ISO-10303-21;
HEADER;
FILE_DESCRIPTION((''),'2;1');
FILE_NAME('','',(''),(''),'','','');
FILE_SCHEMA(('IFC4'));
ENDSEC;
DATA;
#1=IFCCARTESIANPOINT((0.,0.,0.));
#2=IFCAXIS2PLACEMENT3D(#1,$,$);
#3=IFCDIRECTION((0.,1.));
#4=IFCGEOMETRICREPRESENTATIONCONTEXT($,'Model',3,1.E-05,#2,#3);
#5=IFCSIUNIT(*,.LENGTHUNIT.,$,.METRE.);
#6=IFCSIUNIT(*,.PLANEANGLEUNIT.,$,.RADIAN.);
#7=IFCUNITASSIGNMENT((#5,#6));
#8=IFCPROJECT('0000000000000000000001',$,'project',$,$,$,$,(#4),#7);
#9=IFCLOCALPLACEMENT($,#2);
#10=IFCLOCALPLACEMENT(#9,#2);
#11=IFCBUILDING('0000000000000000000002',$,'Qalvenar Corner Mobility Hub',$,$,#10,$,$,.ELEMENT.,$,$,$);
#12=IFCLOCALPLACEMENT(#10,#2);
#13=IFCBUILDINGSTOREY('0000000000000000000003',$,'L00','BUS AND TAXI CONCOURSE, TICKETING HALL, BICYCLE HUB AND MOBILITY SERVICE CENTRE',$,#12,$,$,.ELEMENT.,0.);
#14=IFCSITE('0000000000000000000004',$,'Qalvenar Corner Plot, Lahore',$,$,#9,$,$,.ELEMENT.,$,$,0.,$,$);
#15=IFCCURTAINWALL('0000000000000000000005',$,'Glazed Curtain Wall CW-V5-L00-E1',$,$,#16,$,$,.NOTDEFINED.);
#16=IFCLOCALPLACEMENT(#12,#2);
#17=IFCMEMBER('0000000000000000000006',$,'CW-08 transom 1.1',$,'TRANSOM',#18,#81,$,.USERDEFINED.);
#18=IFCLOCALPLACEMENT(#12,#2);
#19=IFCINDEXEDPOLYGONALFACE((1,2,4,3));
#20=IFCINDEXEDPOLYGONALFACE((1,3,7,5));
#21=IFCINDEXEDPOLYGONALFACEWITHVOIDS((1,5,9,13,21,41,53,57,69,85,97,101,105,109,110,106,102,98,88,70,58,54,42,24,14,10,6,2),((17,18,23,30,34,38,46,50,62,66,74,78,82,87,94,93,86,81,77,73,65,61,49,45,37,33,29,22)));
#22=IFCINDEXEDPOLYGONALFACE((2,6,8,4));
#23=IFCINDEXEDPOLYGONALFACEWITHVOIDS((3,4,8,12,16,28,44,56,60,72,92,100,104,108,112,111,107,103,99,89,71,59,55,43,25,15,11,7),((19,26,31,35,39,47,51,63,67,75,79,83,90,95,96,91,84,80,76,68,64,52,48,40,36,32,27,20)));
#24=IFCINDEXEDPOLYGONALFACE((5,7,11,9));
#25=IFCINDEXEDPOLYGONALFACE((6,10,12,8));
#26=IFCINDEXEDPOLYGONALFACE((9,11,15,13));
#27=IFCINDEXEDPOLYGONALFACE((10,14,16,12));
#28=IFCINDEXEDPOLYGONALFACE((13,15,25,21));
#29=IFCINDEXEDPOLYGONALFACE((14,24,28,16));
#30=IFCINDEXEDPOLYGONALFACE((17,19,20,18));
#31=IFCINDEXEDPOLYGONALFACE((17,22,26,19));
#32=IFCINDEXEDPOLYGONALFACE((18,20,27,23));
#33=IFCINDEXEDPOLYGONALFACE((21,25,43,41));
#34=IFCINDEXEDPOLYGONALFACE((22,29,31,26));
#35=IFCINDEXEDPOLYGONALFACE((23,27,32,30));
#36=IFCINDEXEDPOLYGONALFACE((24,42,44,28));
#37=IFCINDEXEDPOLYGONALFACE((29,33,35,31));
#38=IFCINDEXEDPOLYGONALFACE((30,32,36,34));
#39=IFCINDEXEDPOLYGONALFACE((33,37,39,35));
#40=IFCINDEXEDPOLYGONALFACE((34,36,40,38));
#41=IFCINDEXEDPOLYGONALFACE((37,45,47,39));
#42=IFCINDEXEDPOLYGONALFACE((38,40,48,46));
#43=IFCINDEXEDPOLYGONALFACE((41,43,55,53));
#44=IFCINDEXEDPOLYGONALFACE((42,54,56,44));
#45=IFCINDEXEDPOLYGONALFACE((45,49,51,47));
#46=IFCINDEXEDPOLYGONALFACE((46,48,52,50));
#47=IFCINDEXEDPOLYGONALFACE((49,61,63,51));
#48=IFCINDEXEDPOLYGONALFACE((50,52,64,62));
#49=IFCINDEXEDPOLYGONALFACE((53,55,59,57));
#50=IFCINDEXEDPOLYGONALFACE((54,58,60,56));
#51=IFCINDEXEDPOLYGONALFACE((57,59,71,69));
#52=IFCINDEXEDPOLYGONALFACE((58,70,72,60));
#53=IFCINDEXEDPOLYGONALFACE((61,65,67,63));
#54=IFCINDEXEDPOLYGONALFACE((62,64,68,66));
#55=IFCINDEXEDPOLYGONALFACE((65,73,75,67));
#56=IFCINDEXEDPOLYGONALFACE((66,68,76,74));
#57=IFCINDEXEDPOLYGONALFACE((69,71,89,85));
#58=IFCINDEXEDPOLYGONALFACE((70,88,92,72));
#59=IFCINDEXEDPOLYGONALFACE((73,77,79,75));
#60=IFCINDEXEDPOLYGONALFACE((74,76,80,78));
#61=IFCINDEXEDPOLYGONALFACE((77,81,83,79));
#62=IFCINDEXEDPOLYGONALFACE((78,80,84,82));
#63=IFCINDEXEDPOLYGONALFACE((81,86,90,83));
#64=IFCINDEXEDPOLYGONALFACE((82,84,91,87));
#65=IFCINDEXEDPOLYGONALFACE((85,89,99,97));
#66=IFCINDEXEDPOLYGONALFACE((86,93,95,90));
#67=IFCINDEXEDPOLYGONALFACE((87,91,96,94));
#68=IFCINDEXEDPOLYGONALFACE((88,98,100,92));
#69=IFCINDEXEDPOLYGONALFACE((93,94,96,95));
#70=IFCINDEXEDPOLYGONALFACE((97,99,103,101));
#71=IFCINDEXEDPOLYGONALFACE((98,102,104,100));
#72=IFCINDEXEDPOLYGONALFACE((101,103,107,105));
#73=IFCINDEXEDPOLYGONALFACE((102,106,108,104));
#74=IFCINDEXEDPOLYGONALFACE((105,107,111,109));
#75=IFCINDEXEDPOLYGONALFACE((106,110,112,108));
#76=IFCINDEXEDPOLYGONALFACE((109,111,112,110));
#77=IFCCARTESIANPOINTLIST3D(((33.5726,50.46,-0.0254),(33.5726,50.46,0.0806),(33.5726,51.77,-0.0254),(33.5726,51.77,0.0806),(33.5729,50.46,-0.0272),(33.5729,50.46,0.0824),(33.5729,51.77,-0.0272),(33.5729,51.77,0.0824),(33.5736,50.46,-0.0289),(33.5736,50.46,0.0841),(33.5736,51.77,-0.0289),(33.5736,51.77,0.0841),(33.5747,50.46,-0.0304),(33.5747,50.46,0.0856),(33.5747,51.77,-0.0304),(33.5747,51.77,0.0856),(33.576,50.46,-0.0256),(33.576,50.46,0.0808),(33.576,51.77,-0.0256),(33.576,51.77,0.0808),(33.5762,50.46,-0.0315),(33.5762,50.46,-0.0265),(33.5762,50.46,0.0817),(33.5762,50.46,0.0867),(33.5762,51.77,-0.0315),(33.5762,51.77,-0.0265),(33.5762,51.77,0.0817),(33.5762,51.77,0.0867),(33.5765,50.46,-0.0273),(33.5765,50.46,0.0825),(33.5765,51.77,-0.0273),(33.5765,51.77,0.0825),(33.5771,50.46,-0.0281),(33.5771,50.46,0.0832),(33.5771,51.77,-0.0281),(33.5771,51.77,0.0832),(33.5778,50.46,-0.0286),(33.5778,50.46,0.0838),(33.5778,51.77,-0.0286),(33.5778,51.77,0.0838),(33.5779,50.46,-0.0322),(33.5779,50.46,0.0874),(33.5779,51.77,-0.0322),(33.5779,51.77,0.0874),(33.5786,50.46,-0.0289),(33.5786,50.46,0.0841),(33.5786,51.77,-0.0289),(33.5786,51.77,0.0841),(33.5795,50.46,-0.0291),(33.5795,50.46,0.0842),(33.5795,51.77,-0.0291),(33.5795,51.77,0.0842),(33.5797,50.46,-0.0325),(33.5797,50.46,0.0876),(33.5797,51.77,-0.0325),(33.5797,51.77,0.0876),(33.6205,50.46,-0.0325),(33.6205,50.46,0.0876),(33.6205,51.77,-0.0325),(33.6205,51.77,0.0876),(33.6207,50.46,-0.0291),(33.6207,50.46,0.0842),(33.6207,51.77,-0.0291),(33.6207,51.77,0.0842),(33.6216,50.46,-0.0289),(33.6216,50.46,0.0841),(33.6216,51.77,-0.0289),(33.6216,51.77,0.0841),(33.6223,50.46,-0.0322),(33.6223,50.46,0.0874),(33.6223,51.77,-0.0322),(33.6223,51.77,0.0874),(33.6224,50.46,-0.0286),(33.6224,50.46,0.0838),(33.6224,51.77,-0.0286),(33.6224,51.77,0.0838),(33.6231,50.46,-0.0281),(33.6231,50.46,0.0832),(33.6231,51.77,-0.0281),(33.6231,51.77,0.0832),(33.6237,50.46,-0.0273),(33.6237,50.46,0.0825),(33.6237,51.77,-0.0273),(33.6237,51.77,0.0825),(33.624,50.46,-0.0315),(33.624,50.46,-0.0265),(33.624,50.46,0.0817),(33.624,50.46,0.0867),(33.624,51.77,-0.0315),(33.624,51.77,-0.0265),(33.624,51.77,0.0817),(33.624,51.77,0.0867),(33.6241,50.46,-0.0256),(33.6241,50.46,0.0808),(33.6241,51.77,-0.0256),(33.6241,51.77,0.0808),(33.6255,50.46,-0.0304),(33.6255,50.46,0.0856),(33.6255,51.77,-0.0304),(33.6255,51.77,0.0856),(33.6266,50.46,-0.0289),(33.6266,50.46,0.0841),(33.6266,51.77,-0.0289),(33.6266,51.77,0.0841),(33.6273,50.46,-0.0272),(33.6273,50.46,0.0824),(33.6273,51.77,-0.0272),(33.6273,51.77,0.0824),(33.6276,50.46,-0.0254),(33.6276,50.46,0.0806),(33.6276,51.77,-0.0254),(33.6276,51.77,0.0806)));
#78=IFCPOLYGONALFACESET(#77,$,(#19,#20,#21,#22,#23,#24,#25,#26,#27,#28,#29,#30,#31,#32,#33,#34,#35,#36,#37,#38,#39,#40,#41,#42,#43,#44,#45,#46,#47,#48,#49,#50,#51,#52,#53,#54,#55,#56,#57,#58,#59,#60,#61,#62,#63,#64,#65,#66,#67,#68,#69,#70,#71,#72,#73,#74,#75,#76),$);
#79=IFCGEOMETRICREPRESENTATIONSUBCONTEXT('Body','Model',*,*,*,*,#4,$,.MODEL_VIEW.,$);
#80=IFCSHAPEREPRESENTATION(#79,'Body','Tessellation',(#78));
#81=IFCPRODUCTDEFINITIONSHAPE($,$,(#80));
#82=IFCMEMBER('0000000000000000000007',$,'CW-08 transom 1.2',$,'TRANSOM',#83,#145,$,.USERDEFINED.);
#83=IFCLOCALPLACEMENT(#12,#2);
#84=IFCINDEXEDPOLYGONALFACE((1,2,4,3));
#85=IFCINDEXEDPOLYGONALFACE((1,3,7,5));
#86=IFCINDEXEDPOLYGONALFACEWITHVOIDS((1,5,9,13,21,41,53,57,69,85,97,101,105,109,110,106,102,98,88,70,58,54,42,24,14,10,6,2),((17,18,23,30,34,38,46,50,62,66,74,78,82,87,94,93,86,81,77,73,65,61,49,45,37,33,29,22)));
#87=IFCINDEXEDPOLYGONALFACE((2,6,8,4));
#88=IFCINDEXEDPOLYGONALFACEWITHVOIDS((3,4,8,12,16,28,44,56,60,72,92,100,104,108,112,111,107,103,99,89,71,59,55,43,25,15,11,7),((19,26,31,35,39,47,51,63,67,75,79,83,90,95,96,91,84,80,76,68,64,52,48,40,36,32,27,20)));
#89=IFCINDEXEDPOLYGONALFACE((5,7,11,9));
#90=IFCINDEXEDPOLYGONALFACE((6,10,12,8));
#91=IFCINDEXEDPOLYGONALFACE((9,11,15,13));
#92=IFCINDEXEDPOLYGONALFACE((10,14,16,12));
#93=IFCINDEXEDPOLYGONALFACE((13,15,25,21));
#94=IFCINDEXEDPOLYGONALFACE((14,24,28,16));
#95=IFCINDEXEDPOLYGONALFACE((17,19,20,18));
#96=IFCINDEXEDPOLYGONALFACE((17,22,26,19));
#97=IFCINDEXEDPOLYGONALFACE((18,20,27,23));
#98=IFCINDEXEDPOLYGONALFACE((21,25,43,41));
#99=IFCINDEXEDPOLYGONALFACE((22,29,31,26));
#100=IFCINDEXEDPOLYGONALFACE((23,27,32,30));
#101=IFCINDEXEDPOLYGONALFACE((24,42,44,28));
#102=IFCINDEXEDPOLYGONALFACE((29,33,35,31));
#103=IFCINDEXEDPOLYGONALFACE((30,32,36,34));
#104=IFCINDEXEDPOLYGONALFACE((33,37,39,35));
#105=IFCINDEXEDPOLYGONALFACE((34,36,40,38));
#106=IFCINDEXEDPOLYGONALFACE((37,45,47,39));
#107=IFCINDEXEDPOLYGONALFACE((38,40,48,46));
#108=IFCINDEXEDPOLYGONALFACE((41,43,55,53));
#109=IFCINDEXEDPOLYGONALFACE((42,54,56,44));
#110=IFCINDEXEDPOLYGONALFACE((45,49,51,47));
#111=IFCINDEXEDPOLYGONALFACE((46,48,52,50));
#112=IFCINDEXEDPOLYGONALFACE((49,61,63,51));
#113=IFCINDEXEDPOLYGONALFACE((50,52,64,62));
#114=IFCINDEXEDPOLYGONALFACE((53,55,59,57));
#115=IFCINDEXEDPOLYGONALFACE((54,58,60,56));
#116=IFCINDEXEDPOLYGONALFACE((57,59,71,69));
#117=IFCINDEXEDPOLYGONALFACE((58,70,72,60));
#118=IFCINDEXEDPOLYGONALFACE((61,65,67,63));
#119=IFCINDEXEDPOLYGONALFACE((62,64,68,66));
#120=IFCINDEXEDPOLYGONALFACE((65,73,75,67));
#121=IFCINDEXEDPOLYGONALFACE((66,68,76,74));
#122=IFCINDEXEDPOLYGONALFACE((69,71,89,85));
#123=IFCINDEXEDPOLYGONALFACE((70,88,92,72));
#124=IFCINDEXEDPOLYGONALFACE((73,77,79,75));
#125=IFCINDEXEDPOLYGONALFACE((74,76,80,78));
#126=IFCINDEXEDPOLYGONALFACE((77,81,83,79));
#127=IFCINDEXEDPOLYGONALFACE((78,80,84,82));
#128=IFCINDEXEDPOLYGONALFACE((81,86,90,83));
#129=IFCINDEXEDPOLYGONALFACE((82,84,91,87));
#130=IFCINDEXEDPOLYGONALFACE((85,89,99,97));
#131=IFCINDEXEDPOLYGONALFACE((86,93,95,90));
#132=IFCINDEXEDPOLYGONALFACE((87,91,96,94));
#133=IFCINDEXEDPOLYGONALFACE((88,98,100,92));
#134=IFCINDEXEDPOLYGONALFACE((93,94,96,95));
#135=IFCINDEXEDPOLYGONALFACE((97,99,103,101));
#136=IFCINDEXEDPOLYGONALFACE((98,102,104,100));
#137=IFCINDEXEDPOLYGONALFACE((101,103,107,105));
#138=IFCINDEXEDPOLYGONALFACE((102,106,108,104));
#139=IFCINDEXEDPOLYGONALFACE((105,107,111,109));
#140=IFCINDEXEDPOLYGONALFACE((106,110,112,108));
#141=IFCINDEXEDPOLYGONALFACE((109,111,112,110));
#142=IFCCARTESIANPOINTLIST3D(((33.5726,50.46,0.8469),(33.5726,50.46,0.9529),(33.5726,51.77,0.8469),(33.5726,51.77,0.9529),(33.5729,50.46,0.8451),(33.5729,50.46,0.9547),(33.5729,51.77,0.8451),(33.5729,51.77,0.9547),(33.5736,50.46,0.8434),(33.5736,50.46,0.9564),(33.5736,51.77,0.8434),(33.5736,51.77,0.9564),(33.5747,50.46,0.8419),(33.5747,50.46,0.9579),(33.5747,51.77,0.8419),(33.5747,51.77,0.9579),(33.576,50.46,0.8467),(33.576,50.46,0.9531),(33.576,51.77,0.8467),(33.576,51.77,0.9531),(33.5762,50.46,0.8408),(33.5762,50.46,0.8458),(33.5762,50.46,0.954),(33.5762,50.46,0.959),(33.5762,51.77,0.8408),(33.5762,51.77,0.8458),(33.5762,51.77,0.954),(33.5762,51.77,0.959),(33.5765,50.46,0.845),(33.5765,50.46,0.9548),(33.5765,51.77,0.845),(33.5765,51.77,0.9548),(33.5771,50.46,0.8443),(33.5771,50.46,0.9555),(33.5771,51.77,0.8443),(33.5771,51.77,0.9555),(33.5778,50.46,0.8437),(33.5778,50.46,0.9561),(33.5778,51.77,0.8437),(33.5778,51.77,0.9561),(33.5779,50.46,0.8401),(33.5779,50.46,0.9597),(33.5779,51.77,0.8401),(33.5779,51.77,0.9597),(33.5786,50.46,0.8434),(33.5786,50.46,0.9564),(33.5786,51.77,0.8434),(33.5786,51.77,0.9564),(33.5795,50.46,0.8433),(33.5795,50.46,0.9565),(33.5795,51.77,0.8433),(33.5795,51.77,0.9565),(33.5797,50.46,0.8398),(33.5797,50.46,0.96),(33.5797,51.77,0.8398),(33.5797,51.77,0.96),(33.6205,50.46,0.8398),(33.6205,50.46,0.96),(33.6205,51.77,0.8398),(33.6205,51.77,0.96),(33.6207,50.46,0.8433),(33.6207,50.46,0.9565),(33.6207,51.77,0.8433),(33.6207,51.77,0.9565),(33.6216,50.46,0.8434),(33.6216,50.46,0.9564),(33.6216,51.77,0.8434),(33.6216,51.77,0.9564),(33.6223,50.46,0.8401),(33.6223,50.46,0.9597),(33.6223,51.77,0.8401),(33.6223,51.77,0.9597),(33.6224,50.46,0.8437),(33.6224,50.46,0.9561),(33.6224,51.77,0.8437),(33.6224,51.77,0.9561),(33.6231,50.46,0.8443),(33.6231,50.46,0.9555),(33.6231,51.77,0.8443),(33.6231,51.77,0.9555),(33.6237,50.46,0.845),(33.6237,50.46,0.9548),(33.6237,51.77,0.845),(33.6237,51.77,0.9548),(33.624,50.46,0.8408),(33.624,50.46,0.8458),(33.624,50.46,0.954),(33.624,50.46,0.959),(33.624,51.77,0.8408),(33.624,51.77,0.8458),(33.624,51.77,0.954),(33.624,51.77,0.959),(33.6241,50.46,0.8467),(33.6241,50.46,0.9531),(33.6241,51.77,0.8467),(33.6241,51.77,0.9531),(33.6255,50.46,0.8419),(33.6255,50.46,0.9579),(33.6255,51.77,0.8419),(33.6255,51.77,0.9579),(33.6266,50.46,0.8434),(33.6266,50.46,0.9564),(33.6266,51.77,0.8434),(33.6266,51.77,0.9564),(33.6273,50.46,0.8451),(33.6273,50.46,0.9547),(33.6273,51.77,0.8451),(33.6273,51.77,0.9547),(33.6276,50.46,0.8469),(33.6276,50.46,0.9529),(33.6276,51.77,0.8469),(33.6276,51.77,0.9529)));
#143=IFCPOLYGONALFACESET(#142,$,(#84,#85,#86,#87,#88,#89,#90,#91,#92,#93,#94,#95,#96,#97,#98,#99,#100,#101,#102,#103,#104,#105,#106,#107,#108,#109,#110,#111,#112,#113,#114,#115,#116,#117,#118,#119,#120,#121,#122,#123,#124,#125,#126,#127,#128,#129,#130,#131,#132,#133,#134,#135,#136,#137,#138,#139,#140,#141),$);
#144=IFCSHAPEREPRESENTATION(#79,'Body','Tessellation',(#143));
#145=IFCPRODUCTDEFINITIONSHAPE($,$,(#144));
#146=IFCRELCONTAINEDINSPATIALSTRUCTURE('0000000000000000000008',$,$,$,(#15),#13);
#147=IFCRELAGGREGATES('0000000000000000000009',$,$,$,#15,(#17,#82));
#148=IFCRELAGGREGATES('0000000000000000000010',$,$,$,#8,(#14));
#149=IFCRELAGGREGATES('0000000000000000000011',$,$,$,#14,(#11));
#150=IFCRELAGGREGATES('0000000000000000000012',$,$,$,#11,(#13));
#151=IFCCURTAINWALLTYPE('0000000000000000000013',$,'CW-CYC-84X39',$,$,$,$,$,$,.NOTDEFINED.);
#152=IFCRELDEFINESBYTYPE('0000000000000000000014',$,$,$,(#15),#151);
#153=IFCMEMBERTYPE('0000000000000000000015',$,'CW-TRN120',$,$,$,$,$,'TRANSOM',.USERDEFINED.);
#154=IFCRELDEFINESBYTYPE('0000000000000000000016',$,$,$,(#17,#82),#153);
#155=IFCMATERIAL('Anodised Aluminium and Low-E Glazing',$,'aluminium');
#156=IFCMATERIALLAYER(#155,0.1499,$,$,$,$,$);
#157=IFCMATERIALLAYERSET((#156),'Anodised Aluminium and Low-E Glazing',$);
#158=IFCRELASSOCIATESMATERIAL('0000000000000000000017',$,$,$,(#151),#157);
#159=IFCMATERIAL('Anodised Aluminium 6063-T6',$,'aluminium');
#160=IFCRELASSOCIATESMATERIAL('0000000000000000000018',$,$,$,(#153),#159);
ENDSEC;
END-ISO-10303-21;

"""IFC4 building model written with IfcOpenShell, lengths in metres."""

from ifc_helpers import new_model, si_unit, direction, frame, origin, origin_2d, place, context, subcontext, project, spatial, hollow_rectangle, extrude, material, layer, layer_set, material_profile, profile_set, type_object, element, aggregate, save


model = new_model("IFC4")

# Units and contexts
model_context = context("Model", 3, precision=1e-05, world=origin(), true_north=direction((0.0, 1.0)))
body_context = subcontext(model_context, "Body", "Model", "MODEL_VIEW")
ifc_project = project(units=[si_unit("LENGTHUNIT", "METRE"), si_unit("PLANEANGLEUNIT", "RADIAN")], contexts=[model_context])

# Site, building, storey
site_placement = place(None, origin())
site = spatial("IfcSite", under=ifc_project, at=site_placement, Name="Qalvenar Corner Plot, Lahore", CompositionType="ELEMENT", RefElevation=0.0)
building_placement = place(site_placement, origin())
building = spatial("IfcBuilding", under=site, at=building_placement, Name="Qalvenar Corner Mobility Hub", CompositionType="ELEMENT")
storey_placement = place(building_placement, origin())
storey = spatial("IfcBuildingStorey", under=building, at=storey_placement, Name="L00", Description="BUS AND TAXI CONCOURSE, TICKETING HALL, BICYCLE HUB AND MOBILITY SERVICE CENTRE", CompositionType="ELEMENT", Elevation=0.0)

# Curtain wall, members
ifc_material_1 = material(Name="Anodised Aluminium and Low-E Glazing", Category="aluminium")
ifc_layer_1 = layer(ifc_material_1, 0.1499)
ifc_layer_set_1 = layer_set([ifc_layer_1], Name="Anodised Aluminium and Low-E Glazing")
curtain_wall_type = type_object("IfcCurtainWallType", Name="CW-CYC-84X39", PredefinedType="NOTDEFINED", material=ifc_layer_set_1)
curtain_wall_placement = place(storey_placement, origin())
curtain_wall = element("IfcCurtainWall", 1, at=curtain_wall_placement, inside=storey, type_object=curtain_wall_type, Name="Glazed Curtain Wall CW-V5-L00-E1", PredefinedType="NOTDEFINED")
ifc_material_2 = material(Name="Anodised Aluminium 6063-T6", Category="aluminium")
ifc_material_profile_1 = material_profile(ifc_material_2, hollow_rectangle(XDim=0.0549, YDim=0.1201, WallThickness=0.0034, InnerFilletRadius=0.0034, OuterFilletRadius=0.0071, at=origin_2d()), Name="RHS120x55x3.5")
ifc_profile_set_1 = profile_set([ifc_material_profile_1], Name="Anodised Aluminium 6063-T6")
member_type_1 = type_object("IfcMemberType", Name="CW-TRN120", ElementType="TRANSOM", PredefinedType="USERDEFINED", material=ifc_profile_set_1)
member_1_placement = place(storey_placement, frame((33.6001, 50.46, 0.0276), z_axis=(0.0, 1.0, 0.0), x_axis=(-1.0, 0.0, 0.0)))
member_1 = element("IfcMember", 2, at=member_1_placement, type_object=member_type_1, Name="CW-08 transom 1.1", ObjectType="TRANSOM", PredefinedType="USERDEFINED", context=body_context, shape_type="SweptSolid", body=[
    extrude(hollow_rectangle(XDim=0.0549, YDim=0.1201, WallThickness=0.0034, InnerFilletRadius=0.0034, OuterFilletRadius=0.0071, at=origin_2d()), origin(), (0.0, 0.0, 1.0), 1.3101),
])
member_2_placement = place(storey_placement, frame((33.6001, 50.46, 0.8999), z_axis=(0.0, 1.0, 0.0), x_axis=(-1.0, 0.0, 0.0)))
member_2 = element("IfcMember", 3, at=member_2_placement, type_object=member_type_1, Name="CW-08 transom 1.2", ObjectType="TRANSOM", PredefinedType="USERDEFINED", context=body_context, shape_type="SweptSolid", body=[
    extrude(hollow_rectangle(XDim=0.0549, YDim=0.1201, WallThickness=0.0034, InnerFilletRadius=0.0034, OuterFilletRadius=0.0071, at=origin_2d()), origin(), (0.0, 0.0, 1.0), 1.3101),
])
aggregate(curtain_wall, [member_1, member_2])

save(model, "model.ifc")
